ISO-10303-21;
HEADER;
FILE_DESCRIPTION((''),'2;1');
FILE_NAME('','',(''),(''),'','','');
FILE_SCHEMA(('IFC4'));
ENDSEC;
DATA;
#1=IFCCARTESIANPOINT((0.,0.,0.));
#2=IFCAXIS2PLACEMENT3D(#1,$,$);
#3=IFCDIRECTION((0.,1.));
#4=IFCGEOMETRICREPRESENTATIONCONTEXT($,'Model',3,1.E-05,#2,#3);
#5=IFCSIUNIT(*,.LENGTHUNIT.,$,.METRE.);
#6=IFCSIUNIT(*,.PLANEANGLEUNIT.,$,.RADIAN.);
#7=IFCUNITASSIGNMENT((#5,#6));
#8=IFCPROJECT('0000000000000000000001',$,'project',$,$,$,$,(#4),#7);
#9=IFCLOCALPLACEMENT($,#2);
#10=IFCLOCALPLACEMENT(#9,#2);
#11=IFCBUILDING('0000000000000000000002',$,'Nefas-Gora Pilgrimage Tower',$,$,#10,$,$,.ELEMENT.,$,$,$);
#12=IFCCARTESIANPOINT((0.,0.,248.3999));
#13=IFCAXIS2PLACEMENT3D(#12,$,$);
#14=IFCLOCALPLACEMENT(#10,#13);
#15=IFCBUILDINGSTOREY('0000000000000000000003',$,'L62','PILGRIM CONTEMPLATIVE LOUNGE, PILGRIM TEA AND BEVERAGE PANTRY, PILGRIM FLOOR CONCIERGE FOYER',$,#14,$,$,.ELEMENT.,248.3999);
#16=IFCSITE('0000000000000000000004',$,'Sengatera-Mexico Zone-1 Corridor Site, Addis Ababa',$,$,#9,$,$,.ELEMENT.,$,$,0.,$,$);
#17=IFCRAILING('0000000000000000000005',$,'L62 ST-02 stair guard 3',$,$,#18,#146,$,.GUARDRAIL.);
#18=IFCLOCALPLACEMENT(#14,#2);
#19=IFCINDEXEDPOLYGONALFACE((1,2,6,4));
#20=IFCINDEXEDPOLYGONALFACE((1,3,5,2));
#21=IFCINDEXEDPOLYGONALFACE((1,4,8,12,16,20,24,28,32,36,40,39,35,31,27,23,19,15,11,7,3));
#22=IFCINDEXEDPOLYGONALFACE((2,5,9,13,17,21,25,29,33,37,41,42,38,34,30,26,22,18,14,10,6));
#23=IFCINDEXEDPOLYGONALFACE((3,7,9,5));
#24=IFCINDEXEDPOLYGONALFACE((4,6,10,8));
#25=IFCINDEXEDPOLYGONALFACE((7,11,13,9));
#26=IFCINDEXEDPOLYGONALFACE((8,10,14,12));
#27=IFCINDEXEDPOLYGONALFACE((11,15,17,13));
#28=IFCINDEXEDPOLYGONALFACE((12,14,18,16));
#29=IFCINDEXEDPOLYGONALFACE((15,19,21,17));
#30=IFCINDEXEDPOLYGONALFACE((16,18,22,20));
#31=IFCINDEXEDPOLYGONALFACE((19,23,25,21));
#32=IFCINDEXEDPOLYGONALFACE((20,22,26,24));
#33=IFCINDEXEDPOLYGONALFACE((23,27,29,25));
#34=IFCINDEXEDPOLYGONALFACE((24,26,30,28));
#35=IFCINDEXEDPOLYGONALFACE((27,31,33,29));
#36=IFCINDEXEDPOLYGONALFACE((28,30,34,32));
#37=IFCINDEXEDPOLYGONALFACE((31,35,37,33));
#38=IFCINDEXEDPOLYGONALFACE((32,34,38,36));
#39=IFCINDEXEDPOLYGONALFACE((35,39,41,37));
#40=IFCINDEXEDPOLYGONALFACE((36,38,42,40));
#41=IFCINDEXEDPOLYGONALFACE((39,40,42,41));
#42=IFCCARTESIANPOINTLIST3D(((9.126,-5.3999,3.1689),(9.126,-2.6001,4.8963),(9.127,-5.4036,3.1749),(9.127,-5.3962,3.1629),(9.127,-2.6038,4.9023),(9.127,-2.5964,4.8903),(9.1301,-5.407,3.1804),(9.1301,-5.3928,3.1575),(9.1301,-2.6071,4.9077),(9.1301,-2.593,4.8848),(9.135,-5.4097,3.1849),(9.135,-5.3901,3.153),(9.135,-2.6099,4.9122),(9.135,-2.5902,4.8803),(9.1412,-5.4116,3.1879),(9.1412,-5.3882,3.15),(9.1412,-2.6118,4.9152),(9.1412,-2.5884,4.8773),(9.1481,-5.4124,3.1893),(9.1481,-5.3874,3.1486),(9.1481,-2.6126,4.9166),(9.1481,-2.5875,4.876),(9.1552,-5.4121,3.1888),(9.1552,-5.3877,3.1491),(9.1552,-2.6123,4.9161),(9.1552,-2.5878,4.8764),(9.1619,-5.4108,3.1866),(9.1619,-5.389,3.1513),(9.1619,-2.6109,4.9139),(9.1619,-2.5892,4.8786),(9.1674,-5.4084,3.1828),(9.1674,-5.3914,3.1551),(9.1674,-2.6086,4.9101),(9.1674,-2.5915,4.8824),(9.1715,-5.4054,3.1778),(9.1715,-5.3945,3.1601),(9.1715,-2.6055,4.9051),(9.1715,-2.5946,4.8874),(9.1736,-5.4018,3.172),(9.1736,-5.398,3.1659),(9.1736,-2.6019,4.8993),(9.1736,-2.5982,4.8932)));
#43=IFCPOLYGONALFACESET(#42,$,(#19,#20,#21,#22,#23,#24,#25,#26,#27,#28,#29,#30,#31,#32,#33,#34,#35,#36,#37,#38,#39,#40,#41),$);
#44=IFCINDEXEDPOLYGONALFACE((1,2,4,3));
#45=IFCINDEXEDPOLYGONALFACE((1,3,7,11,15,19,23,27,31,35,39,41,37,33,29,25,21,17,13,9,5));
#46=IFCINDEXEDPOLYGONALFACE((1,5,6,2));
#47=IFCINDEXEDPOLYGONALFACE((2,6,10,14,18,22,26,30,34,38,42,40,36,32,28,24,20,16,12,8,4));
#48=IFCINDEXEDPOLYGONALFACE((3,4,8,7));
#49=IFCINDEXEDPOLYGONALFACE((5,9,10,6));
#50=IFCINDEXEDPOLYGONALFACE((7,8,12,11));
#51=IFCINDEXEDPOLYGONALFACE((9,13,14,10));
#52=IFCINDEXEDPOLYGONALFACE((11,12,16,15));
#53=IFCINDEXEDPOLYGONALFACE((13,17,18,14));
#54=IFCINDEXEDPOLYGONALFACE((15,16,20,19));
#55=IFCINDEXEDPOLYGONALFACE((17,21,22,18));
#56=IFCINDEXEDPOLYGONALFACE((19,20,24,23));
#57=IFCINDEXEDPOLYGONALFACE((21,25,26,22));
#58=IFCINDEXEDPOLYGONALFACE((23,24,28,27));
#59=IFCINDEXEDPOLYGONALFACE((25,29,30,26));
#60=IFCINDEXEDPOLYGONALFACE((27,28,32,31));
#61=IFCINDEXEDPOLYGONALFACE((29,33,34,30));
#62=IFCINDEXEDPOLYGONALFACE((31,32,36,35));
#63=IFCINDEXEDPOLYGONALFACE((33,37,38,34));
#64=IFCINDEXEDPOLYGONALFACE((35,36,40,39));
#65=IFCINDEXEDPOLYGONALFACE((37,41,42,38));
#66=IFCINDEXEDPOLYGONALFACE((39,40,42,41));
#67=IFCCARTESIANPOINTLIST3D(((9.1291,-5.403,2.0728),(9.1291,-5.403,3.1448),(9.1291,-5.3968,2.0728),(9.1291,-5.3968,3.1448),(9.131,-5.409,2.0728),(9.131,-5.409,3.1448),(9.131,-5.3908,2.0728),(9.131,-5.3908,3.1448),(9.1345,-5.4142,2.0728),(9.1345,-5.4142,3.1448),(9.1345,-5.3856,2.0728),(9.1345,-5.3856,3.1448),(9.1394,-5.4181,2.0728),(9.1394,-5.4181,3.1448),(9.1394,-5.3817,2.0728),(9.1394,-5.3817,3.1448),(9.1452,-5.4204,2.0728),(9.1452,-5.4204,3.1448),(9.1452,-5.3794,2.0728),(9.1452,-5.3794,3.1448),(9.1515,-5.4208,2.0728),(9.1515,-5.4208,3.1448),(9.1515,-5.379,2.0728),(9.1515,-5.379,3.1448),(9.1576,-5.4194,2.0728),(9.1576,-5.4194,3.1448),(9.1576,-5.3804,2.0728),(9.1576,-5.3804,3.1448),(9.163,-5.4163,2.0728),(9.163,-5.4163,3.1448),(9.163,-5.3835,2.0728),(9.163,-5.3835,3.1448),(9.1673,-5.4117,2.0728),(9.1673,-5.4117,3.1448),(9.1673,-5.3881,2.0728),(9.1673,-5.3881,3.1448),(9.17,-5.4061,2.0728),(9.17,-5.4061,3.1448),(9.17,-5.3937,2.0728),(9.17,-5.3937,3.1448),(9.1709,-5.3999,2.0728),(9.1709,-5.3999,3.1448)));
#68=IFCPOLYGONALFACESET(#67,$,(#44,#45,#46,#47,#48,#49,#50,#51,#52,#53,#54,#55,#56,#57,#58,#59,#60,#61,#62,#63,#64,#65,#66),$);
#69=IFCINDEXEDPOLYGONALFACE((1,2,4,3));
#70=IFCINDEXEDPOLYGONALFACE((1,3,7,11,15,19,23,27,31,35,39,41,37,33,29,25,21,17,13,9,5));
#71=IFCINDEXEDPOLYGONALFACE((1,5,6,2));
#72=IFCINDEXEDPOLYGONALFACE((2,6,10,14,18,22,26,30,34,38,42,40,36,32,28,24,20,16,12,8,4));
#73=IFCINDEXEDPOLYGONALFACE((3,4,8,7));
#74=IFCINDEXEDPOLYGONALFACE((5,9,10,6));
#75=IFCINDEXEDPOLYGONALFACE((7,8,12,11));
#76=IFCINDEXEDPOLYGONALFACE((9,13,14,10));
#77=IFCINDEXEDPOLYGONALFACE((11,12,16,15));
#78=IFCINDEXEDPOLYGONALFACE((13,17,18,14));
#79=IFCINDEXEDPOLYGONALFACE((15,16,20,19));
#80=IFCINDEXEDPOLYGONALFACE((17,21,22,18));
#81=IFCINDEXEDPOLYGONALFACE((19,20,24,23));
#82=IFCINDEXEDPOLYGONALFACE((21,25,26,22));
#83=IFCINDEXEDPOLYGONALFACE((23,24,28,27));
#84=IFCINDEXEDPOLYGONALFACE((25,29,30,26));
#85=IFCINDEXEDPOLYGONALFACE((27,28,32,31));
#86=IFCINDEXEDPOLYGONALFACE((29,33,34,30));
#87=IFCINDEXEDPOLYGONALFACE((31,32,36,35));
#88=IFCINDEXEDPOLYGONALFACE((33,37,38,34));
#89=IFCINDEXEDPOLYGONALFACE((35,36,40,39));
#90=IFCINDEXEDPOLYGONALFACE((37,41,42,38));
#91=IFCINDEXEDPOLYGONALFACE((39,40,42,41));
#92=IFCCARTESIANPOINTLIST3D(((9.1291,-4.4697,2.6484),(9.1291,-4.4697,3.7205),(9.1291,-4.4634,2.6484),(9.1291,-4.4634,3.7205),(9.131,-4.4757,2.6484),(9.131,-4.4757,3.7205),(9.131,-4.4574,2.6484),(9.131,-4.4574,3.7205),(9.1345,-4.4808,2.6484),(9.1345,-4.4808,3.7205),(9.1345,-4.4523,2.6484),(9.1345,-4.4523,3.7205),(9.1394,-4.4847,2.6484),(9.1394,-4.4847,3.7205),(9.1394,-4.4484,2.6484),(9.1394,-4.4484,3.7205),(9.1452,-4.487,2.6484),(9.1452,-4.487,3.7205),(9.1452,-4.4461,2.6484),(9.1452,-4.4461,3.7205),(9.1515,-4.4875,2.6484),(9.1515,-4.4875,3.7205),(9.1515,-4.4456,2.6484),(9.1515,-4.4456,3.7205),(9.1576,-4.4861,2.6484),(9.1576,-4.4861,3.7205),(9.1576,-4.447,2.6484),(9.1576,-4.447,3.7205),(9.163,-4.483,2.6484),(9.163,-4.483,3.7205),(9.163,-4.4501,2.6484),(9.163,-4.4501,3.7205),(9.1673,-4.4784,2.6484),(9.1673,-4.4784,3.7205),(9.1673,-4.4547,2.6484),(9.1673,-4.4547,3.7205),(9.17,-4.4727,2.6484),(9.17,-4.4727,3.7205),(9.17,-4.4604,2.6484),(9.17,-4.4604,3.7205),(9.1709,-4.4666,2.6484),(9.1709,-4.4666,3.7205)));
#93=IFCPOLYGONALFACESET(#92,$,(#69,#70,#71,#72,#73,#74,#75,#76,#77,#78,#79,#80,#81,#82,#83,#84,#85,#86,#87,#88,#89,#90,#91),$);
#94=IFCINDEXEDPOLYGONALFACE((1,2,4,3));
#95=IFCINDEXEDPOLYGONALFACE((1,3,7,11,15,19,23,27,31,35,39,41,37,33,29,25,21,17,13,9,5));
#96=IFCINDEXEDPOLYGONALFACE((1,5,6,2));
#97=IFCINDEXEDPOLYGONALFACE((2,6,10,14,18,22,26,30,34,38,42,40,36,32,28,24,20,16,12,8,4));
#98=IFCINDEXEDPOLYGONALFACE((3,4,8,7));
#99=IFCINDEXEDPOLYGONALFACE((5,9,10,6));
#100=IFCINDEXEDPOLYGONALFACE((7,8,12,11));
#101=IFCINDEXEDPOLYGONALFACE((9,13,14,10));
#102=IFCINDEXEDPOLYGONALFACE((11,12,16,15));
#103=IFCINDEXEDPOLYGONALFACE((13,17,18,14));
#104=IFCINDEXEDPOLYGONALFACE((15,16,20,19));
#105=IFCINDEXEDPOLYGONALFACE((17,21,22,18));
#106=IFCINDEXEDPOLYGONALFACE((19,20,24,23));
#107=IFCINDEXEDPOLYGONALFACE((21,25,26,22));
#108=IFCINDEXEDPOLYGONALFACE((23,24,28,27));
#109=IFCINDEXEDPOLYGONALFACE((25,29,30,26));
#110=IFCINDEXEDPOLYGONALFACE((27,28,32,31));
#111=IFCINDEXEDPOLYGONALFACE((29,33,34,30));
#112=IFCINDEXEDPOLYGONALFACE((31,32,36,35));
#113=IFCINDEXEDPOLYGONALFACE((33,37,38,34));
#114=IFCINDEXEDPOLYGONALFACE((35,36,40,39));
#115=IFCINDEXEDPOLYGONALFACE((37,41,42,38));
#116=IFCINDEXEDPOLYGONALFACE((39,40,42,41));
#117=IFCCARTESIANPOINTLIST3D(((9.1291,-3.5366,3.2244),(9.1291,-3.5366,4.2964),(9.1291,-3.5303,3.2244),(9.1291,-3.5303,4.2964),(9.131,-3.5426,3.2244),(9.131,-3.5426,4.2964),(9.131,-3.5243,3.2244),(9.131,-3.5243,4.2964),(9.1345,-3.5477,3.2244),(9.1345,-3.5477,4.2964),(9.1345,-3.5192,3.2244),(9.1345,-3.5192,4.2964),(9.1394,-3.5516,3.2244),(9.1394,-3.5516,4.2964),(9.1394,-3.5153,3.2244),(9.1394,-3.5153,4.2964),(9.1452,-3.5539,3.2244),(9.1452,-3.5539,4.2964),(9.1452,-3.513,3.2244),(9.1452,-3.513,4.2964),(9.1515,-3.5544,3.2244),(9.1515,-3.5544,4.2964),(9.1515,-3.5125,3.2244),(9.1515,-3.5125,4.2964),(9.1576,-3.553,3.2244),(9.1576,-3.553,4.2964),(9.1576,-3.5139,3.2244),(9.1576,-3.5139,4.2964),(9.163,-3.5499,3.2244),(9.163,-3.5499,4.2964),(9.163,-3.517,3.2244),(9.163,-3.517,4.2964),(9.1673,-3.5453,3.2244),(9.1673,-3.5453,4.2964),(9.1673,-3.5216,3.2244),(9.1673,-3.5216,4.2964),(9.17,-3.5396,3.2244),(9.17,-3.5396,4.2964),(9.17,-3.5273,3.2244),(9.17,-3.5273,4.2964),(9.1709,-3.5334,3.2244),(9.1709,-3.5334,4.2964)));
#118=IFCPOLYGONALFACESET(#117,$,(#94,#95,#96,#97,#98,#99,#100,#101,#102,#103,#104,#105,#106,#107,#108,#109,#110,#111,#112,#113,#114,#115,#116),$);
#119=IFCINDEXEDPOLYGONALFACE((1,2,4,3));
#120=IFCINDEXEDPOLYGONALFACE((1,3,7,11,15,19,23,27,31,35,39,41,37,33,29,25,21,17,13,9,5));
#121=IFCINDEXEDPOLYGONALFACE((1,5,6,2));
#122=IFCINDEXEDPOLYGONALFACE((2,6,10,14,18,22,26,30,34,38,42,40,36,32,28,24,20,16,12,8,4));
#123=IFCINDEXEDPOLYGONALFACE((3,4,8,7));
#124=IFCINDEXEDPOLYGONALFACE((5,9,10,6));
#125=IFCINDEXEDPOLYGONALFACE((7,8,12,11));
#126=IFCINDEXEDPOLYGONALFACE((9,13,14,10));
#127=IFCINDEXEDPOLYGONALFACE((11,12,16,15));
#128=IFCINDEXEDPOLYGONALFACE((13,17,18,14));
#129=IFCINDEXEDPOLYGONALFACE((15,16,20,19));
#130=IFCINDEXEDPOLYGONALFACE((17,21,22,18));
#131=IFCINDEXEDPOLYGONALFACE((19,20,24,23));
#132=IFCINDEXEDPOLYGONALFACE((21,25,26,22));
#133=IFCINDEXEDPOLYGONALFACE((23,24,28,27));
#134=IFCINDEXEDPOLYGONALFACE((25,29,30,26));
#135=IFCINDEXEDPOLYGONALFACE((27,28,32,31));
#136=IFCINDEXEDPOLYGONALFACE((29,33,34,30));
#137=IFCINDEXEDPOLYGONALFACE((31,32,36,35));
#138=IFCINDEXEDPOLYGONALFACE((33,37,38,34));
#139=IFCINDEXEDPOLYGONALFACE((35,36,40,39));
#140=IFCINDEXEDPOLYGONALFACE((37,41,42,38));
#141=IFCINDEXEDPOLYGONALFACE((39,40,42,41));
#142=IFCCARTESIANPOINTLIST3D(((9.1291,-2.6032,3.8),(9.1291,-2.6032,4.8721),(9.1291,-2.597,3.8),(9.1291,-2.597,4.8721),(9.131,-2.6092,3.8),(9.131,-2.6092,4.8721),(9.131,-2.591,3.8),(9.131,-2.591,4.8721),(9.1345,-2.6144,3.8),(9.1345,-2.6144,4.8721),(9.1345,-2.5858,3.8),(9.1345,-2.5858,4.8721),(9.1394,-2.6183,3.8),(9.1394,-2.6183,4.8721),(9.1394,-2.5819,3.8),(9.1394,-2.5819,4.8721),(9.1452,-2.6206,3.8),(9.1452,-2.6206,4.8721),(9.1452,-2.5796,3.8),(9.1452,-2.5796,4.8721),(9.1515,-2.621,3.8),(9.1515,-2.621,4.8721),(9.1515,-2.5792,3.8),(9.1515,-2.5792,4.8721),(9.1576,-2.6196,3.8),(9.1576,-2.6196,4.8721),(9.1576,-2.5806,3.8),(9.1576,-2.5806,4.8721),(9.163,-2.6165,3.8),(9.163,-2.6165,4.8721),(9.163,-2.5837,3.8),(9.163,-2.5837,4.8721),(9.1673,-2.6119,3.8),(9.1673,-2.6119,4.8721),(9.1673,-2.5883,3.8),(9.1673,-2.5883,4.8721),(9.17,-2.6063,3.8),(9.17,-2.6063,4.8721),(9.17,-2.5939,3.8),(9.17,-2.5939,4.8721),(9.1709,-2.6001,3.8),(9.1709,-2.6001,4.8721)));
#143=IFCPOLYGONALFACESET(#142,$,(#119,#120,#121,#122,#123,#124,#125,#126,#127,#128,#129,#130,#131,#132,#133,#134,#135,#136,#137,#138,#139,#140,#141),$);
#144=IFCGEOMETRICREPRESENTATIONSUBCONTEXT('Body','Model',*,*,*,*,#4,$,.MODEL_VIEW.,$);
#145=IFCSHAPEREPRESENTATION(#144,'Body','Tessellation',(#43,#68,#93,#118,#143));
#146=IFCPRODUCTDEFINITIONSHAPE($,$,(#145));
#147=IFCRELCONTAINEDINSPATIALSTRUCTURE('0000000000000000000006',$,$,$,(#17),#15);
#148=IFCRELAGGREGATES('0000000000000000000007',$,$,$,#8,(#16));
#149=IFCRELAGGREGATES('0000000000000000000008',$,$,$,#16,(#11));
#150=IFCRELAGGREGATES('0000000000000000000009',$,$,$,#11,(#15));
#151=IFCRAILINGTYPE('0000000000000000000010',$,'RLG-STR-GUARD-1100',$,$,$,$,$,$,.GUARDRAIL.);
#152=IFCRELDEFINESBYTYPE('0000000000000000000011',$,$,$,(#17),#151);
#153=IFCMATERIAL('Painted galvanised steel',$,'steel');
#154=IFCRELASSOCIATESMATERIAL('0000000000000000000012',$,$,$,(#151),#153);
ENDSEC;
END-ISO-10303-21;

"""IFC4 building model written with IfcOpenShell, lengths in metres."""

from ifc_helpers import new_model, si_unit, direction, frame, origin, origin_2d, place, context, subcontext, project, spatial, circle, extrude, material, type_object, element, save


model = new_model("IFC4")

# Units and contexts
model_context = context("Model", 3, precision=1e-05, world=origin(), true_north=direction((0.0, 1.0)))
body_context = subcontext(model_context, "Body", "Model", "MODEL_VIEW")
ifc_project = project(units=[si_unit("LENGTHUNIT", "METRE"), si_unit("PLANEANGLEUNIT", "RADIAN")], contexts=[model_context])

# Site, building, storey
site_placement = place(None, origin())
site = spatial("IfcSite", under=ifc_project, at=site_placement, Name="Sengatera-Mexico Zone-1 Corridor Site, Addis Ababa", CompositionType="ELEMENT", RefElevation=0.0)
building_placement = place(site_placement, origin())
building = spatial("IfcBuilding", under=site, at=building_placement, Name="Nefas-Gora Pilgrimage Tower", CompositionType="ELEMENT")
storey_placement = place(building_placement, frame((0.0, 0.0, 248.3999)))
storey = spatial("IfcBuildingStorey", under=building, at=storey_placement, Name="L62", Description="PILGRIM CONTEMPLATIVE LOUNGE, PILGRIM TEA AND BEVERAGE PANTRY, PILGRIM FLOOR CONCIERGE FOYER", CompositionType="ELEMENT", Elevation=248.3999)

# Railing
ifc_material_1 = material(Name="Painted galvanised steel", Category="steel")
railing_type_1 = type_object("IfcRailingType", Name="RLG-STR-GUARD-1100", PredefinedType="GUARDRAIL", material=ifc_material_1)
railing_1_placement = place(storey_placement, frame((9.1499, -5.3999, 2.0728)))
element("IfcRailing", 1, at=railing_1_placement, inside=storey, type_object=railing_type_1, Name="L62 ST-02 stair guard 3", PredefinedType="GUARDRAIL", context=body_context, shape_type="SweptSolid", body=[
    extrude(circle(Radius=0.0239, at=origin_2d()), frame((0.0, 0.0, 1.0962), z_axis=(0.0, 0.851069, 0.525054), x_axis=(-1.0, 0.0, 0.0)), (0.0, 0.0, 1.0), 3.2898),
    extrude(circle(Radius=0.021, at=origin_2d()), origin(), (0.0, 0.0, 1.0), 1.072),
    extrude(circle(Radius=0.021, at=origin_2d()), frame((0.0, 0.9333, 0.5757)), (0.0, 0.0, 1.0), 1.072),
    extrude(circle(Radius=0.021, at=origin_2d()), frame((0.0, 1.8665, 1.1516)), (0.0, 0.0, 1.0), 1.072),
    extrude(circle(Radius=0.021, at=origin_2d()), frame((0.0, 2.7998, 1.7273)), (0.0, 0.0, 1.0), 1.072),
])

save(model, "model.ifc")
